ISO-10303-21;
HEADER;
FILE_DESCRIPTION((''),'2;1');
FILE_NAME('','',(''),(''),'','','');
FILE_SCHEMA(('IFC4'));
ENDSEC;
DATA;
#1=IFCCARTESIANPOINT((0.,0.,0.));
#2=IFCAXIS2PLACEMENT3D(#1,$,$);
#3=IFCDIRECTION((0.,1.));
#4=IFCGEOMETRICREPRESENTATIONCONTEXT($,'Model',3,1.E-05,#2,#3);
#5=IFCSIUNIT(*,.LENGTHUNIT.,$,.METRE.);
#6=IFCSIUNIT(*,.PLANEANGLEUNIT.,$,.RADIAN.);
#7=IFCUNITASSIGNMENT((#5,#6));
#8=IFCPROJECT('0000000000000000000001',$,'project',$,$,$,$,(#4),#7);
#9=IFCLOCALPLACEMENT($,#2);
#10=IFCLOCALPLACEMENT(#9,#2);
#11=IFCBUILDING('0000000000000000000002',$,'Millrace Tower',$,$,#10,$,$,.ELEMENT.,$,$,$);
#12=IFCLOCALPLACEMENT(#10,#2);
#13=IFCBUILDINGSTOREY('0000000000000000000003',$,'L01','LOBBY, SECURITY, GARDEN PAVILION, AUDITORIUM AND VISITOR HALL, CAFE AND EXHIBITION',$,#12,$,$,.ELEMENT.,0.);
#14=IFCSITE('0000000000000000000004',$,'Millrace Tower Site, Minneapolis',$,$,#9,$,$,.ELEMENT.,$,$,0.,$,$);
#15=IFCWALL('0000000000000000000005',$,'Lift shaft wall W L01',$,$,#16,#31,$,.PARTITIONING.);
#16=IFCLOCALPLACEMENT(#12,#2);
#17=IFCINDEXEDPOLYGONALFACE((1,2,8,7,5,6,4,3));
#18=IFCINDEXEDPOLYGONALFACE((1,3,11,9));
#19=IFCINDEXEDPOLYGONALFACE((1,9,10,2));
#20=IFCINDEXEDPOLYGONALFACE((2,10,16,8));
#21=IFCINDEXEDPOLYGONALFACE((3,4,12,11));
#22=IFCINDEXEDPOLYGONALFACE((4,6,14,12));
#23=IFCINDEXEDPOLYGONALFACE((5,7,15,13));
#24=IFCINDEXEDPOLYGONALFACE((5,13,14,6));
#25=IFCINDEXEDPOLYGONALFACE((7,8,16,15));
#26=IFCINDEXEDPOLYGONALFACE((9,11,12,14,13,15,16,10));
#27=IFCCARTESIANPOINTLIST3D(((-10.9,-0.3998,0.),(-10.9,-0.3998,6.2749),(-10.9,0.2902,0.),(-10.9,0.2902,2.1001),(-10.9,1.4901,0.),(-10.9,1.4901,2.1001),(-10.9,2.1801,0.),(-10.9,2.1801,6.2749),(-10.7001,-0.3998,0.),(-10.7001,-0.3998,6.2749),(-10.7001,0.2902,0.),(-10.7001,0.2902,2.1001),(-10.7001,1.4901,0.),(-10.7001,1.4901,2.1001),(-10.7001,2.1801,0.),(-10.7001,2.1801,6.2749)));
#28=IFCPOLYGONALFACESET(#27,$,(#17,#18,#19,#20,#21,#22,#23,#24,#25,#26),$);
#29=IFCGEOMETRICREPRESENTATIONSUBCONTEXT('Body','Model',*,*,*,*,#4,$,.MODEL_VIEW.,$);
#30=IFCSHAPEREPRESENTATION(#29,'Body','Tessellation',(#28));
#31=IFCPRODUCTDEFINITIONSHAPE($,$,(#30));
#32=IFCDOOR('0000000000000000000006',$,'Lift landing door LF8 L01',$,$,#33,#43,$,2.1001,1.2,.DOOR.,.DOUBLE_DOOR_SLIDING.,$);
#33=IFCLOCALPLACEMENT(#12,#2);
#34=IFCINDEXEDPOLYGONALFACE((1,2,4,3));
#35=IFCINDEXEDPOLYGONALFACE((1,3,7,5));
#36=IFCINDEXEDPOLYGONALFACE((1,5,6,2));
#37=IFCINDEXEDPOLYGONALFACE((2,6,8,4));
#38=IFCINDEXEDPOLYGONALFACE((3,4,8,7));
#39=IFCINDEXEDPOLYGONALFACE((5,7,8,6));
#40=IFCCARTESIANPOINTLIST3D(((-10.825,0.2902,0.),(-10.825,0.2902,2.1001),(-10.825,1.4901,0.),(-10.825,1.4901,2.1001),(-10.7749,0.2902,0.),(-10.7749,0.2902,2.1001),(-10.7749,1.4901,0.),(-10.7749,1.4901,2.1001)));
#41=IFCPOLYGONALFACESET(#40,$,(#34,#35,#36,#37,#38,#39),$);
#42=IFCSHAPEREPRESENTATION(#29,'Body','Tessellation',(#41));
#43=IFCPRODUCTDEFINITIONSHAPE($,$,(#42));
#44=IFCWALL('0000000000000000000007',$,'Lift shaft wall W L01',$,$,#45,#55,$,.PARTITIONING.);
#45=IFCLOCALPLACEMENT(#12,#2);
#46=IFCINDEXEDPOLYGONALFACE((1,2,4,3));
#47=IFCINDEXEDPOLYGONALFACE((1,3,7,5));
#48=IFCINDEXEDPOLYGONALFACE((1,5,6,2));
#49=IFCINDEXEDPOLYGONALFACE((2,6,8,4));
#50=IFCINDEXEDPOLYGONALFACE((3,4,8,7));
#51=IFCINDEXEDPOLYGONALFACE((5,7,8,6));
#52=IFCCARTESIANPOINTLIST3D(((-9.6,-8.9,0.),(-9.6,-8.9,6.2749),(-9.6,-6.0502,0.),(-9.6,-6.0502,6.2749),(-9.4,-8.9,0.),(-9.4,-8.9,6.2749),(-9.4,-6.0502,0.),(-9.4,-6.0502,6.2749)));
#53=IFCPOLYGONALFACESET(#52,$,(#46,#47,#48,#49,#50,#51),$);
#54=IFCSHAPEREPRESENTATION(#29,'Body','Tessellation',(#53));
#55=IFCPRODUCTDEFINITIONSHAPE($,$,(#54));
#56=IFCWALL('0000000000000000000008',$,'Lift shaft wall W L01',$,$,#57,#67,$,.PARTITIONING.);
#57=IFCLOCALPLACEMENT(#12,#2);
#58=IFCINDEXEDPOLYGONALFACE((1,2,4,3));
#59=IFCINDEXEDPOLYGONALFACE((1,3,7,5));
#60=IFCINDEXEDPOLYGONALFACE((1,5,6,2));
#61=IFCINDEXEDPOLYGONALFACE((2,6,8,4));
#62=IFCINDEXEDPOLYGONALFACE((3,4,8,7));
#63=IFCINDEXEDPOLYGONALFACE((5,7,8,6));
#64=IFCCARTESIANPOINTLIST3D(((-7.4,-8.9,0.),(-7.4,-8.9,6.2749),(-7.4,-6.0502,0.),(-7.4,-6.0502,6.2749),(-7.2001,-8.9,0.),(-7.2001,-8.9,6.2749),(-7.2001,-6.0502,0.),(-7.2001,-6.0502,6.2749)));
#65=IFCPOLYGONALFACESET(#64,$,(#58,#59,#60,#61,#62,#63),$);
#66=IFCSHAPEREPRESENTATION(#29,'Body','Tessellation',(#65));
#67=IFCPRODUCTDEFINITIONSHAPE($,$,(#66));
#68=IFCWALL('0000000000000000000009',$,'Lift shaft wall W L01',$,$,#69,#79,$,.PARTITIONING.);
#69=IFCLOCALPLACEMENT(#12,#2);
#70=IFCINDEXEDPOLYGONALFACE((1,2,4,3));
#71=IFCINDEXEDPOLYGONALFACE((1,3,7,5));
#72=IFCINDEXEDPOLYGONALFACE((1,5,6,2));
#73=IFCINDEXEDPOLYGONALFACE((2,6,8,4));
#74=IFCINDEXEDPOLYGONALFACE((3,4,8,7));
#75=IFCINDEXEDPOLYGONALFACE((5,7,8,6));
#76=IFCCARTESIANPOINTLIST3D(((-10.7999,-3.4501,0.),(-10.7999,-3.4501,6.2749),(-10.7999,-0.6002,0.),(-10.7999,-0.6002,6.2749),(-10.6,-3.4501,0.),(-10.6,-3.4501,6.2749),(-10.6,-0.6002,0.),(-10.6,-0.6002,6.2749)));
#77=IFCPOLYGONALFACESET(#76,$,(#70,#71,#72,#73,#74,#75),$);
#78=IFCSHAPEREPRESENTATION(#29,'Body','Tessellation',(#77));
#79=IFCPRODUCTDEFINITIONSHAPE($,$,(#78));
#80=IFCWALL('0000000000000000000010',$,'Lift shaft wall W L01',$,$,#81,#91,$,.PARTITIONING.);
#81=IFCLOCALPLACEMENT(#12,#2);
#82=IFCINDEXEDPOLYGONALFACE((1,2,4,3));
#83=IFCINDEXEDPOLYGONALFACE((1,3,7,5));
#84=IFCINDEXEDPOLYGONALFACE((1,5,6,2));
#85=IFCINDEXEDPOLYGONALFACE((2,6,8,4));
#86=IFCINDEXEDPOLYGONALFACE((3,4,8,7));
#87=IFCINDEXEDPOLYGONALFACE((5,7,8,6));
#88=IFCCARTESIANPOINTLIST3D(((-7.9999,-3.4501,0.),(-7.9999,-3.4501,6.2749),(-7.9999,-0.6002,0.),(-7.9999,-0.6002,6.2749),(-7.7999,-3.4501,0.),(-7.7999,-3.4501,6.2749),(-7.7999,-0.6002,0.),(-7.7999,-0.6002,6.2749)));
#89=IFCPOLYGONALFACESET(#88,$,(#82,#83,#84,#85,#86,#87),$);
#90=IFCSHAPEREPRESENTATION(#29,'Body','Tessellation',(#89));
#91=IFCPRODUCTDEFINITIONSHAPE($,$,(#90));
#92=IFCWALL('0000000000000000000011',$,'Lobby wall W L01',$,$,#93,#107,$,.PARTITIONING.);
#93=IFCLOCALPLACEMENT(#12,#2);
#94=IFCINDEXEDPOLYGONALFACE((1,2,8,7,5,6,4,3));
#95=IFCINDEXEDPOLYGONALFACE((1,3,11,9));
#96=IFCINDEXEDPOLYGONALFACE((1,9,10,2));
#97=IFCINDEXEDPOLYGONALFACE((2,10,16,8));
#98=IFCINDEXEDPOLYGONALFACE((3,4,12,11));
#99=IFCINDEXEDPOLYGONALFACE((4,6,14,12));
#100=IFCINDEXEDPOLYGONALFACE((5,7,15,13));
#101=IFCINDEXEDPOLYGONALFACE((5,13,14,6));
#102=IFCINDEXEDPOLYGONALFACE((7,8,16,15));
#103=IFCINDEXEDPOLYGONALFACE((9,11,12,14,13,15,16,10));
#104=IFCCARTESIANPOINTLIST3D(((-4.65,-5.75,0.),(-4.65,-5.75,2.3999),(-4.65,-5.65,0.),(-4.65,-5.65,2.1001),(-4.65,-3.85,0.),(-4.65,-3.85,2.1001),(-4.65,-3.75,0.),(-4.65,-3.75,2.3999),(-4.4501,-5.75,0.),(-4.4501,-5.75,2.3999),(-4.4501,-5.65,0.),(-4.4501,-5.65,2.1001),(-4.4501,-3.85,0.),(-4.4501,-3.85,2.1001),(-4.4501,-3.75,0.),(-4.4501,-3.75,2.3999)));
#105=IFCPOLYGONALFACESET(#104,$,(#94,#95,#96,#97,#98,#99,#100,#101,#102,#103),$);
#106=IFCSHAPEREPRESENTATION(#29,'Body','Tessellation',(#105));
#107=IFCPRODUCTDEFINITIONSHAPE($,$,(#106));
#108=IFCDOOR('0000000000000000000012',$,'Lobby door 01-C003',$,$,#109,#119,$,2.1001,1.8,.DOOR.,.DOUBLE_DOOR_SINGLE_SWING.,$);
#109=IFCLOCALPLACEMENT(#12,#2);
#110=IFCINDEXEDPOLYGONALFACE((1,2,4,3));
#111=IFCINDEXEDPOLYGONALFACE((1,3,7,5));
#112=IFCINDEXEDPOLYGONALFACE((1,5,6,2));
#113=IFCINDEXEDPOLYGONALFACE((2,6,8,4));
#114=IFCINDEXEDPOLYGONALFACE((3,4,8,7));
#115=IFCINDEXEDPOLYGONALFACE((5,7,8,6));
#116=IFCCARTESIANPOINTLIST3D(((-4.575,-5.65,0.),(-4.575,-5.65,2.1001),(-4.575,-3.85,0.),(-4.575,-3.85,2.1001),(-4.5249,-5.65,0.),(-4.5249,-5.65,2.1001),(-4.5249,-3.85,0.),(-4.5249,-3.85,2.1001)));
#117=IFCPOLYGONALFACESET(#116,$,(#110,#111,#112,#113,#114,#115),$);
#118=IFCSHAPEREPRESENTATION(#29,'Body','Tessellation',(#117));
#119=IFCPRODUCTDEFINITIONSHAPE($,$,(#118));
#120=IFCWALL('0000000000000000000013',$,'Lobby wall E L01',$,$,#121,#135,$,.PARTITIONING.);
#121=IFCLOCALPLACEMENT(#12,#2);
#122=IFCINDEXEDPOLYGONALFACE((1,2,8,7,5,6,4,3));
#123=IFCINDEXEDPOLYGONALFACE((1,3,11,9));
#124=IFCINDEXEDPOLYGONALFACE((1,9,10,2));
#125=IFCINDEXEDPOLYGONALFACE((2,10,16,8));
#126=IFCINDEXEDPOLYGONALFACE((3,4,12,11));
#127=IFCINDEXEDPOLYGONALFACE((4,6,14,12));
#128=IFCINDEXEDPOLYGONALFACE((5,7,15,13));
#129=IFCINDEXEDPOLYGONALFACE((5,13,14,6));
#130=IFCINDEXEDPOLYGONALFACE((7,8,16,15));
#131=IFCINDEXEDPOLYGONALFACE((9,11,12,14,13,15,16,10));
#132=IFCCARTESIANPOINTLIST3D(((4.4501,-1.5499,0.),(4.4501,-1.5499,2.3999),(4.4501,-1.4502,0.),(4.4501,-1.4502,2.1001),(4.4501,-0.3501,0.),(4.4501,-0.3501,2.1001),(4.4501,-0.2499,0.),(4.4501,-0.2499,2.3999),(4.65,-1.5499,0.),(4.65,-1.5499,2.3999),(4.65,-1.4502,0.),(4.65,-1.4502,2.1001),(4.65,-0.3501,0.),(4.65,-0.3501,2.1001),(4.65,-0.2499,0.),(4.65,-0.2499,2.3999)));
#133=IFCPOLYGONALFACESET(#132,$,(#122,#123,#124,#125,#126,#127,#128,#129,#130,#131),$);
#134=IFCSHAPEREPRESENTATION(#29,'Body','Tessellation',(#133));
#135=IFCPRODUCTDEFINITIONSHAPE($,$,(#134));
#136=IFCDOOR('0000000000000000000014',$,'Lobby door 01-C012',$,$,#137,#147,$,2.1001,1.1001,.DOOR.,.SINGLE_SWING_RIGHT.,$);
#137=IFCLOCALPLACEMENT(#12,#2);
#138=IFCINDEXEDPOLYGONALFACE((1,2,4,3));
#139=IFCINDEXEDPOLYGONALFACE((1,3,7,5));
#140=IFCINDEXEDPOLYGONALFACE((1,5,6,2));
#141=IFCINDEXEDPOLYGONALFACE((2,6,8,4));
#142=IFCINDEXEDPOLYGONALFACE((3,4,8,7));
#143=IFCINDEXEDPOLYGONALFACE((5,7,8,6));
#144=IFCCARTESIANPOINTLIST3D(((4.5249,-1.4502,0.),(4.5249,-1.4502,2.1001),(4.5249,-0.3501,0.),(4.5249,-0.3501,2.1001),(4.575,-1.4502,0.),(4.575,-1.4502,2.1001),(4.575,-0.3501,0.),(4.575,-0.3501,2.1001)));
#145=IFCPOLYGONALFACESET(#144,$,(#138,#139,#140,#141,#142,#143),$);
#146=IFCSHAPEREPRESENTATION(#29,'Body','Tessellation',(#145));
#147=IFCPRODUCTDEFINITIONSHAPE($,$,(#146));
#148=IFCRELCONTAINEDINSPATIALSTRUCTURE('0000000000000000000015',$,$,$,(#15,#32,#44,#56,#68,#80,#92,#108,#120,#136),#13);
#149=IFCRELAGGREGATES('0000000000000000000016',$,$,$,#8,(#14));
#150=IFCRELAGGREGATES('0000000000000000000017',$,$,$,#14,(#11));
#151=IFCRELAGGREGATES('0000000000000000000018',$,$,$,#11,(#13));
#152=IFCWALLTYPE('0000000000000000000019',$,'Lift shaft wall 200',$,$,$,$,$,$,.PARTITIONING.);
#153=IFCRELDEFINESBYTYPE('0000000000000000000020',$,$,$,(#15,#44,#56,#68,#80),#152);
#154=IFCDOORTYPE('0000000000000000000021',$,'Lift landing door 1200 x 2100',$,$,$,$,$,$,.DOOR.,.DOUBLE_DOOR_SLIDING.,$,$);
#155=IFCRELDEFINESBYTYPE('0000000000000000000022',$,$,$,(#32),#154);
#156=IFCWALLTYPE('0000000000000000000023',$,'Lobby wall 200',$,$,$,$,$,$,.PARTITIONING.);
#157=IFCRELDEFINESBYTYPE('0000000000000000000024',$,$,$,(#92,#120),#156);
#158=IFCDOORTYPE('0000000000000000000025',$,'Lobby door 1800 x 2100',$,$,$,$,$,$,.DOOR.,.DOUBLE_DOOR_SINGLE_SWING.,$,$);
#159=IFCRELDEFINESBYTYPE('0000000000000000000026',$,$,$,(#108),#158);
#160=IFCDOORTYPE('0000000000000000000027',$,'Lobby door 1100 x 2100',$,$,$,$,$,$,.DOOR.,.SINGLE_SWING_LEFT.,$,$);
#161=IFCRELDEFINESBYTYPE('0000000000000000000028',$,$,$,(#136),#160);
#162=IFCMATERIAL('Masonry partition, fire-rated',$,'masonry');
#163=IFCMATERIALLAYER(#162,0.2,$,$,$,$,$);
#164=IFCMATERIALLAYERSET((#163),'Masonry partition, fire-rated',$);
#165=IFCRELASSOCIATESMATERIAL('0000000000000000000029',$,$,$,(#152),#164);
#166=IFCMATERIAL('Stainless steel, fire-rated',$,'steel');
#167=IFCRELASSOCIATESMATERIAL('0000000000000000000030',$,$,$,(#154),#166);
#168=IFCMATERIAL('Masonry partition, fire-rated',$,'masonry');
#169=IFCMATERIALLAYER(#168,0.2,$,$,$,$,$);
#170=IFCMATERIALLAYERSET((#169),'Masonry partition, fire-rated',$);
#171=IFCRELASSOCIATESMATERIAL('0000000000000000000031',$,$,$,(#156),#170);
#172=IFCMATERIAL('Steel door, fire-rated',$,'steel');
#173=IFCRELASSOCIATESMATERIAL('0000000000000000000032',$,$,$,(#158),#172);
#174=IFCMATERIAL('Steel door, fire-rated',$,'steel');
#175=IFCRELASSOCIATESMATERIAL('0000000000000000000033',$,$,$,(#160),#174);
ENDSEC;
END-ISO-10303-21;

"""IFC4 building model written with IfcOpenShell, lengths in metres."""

from ifc_helpers import new_model, si_unit, direction, frame, frame_2d, origin, place, context, subcontext, project, spatial, rectangle, extrude, material, layer, layer_set, type_object, element, fill, save


model = new_model("IFC4")

# Units and contexts
model_context = context("Model", 3, precision=1e-05, world=origin(), true_north=direction((0.0, 1.0)))
body_context = subcontext(model_context, "Body", "Model", "MODEL_VIEW")
ifc_project = project(units=[si_unit("LENGTHUNIT", "METRE"), si_unit("PLANEANGLEUNIT", "RADIAN")], contexts=[model_context])

# Site, building, storey
site_placement = place(None, origin())
site = spatial("IfcSite", under=ifc_project, at=site_placement, Name="Millrace Tower Site, Minneapolis", CompositionType="ELEMENT", RefElevation=0.0)
building_placement = place(site_placement, origin())
building = spatial("IfcBuilding", under=site, at=building_placement, Name="Millrace Tower", CompositionType="ELEMENT")
storey_placement = place(building_placement, origin())
storey = spatial("IfcBuildingStorey", under=building, at=storey_placement, Name="L01", Description="LOBBY, SECURITY, GARDEN PAVILION, AUDITORIUM AND VISITOR HALL, CAFE AND EXHIBITION", CompositionType="ELEMENT", Elevation=0.0)

# Shared definitions
ifc_material_1 = material(Name="Masonry partition, fire-rated", Category="masonry")
ifc_layer_1 = layer(ifc_material_1, 0.2)
ifc_layer_set_1 = layer_set([ifc_layer_1], Name="Masonry partition, fire-rated")
wall_type_1 = type_object("IfcWallType", Name="Lift shaft wall 200", PredefinedType="PARTITIONING", material=ifc_layer_set_1)
ifc_material_2 = material(Name="Stainless steel, fire-rated", Category="steel")
door_type_1 = type_object("IfcDoorType", Name="Lift landing door 1200 x 2100", OperationType="DOUBLE_DOOR_SLIDING", PredefinedType="DOOR", material=ifc_material_2)

# Wall, opening, door
wall_1_placement = place(storey_placement, frame((-10.8, -0.3999, 0.0), z_axis=(0.0, 0.0, 1.0), x_axis=(0.0, 1.0, 0.0)))
wall_1 = element("IfcWall", 1, at=wall_1_placement, inside=storey, type_object=wall_type_1, Name="Lift shaft wall W L01", PredefinedType="PARTITIONING", context=body_context, shape_type="SweptSolid", body=[
    extrude(rectangle(XDim=2.5798, YDim=0.2, at=frame_2d((1.29, 0.0))), origin(), (0.0, 0.0, 1.0), 6.2749),
])
opening_1_placement = place(wall_1_placement, frame((0.6899, 0.0, 0.0)))
opening_1 = element("IfcOpeningElement", 2, at=opening_1_placement, cuts=wall_1, PredefinedType="OPENING", context=body_context, shape_type="SweptSolid", body=[
    extrude(rectangle(XDim=1.2, YDim=2.1001, at=frame_2d((0.6001, 1.05))), frame((0.0, 0.1099, 0.0), z_axis=(0.0, -1.0, 0.0), x_axis=(1.0, 0.0, 0.0)), (0.0, 0.0, 1.0), 0.22),
])
door_1_placement = place(opening_1_placement, origin())
door_1 = element("IfcDoor", 3, at=door_1_placement, inside=storey, type_object=door_type_1, Name="Lift landing door LF8 L01", OperationType="DOUBLE_DOOR_SLIDING", OverallHeight=2.1001, OverallWidth=1.2, PredefinedType="DOOR", context=body_context, shape_type="SweptSolid", body=[
    extrude(rectangle(XDim=1.2, YDim=2.1001, at=frame_2d((0.6001, 1.05))), frame((0.0, 0.0249, 0.0), z_axis=(0.0, -1.0, 0.0), x_axis=(1.0, 0.0, 0.0)), (0.0, 0.0, 1.0), 0.05),
])
fill(opening_1, door_1)

# Walls
for number, where, z_axis, x_axis, name in (
    (4, (-9.5, -8.8999, 0.0), (0.0, 0.0, 1.0), (0.0, 1.0, 0.0), "Lift shaft wall W L01"),
    (5, (-7.3, -8.8999, 0.0), (0.0, 0.0, 1.0), (0.0, 1.0, 0.0), "Lift shaft wall W L01"),
    (6, (-10.7, -3.45, 0.0), (0.0, 0.0, 1.0), (0.0, 1.0, 0.0), "Lift shaft wall W L01"),
    (7, (-7.8999, -3.45, 0.0), (0.0, 0.0, 1.0), (0.0, 1.0, 0.0), "Lift shaft wall W L01"),
):
    element("IfcWall", number, at=place(storey_placement, frame(where, z_axis=z_axis, x_axis=x_axis)), inside=storey, type_object=wall_type_1, Name=name, PredefinedType="PARTITIONING", context=body_context, shape_type="SweptSolid", body=[
        extrude(rectangle(XDim=2.8499, YDim=0.2, at=frame_2d((1.4248, 0.0))), origin(), (0.0, 0.0, 1.0), 6.2749),
    ])

# Walls, openings, doors
ifc_material_3 = material(Name="Masonry partition, fire-rated", Category="masonry")
ifc_layer_2 = layer(ifc_material_3, 0.2)
ifc_layer_set_2 = layer_set([ifc_layer_2], Name="Masonry partition, fire-rated")
wall_type_2 = type_object("IfcWallType", Name="Lobby wall 200", PredefinedType="PARTITIONING", material=ifc_layer_set_2)
wall_2_placement = place(storey_placement, frame((-4.55, -5.75, 0.0), z_axis=(0.0, 0.0, 1.0), x_axis=(0.0, 1.0, 0.0)))
wall_2 = element("IfcWall", 8, at=wall_2_placement, inside=storey, type_object=wall_type_2, Name="Lobby wall W L01", PredefinedType="PARTITIONING", context=body_context, shape_type="SweptSolid", body=[
    extrude(rectangle(XDim=2.0, YDim=0.2, at=frame_2d((1.0, 0.0))), origin(), (0.0, 0.0, 1.0), 2.3999),
])
opening_2_placement = place(wall_2_placement, frame((0.1001, 0.0, 0.0)))
opening_2 = element("IfcOpeningElement", 9, at=opening_2_placement, cuts=wall_2, PredefinedType="OPENING", context=body_context, shape_type="SweptSolid", body=[
    extrude(rectangle(XDim=1.8, YDim=2.1001, at=frame_2d((0.8999, 1.05))), frame((0.0, 0.1099, 0.0), z_axis=(0.0, -1.0, 0.0), x_axis=(1.0, 0.0, 0.0)), (0.0, 0.0, 1.0), 0.22),
])
ifc_material_4 = material(Name="Steel door, fire-rated", Category="steel")
door_type_2 = type_object("IfcDoorType", Name="Lobby door 1800 x 2100", OperationType="DOUBLE_DOOR_SINGLE_SWING", PredefinedType="DOOR", material=ifc_material_4)
door_2_placement = place(opening_2_placement, origin())
door_2 = element("IfcDoor", 10, at=door_2_placement, inside=storey, type_object=door_type_2, Name="Lobby door 01-C003", OperationType="DOUBLE_DOOR_SINGLE_SWING", OverallHeight=2.1001, OverallWidth=1.8, PredefinedType="DOOR", context=body_context, shape_type="SweptSolid", body=[
    extrude(rectangle(XDim=1.8, YDim=2.1001, at=frame_2d((0.8999, 1.05))), frame((0.0, 0.0249, 0.0), z_axis=(0.0, -1.0, 0.0), x_axis=(1.0, 0.0, 0.0)), (0.0, 0.0, 1.0), 0.05),
])
fill(opening_2, door_2)
wall_3_placement = place(storey_placement, frame((4.55, -0.25, 0.0), z_axis=(0.0, 0.0, 1.0), x_axis=(0.0, -1.0, 0.0)))
wall_3 = element("IfcWall", 11, at=wall_3_placement, inside=storey, type_object=wall_type_2, Name="Lobby wall E L01", PredefinedType="PARTITIONING", context=body_context, shape_type="SweptSolid", body=[
    extrude(rectangle(XDim=1.3, YDim=0.2, at=frame_2d((0.6499, 0.0))), origin(), (0.0, 0.0, 1.0), 2.3999),
])
opening_3_placement = place(wall_3_placement, frame((0.1001, 0.0, 0.0)))
opening_3 = element("IfcOpeningElement", 12, at=opening_3_placement, cuts=wall_3, PredefinedType="OPENING", context=body_context, shape_type="SweptSolid", body=[
    extrude(rectangle(XDim=1.1001, YDim=2.1001, at=frame_2d((0.55, 1.05))), frame((0.0, 0.1099, 0.0), z_axis=(0.0, -1.0, 0.0), x_axis=(1.0, 0.0, 0.0)), (0.0, 0.0, 1.0), 0.22),
])
ifc_material_5 = material(Name="Steel door, fire-rated", Category="steel")
door_type_3 = type_object("IfcDoorType", Name="Lobby door 1100 x 2100", OperationType="SINGLE_SWING_LEFT", PredefinedType="DOOR", material=ifc_material_5)
door_3_placement = place(opening_3_placement, origin())
door_3 = element("IfcDoor", 13, at=door_3_placement, inside=storey, type_object=door_type_3, Name="Lobby door 01-C012", OperationType="SINGLE_SWING_RIGHT", OverallHeight=2.1001, OverallWidth=1.1001, PredefinedType="DOOR", context=body_context, shape_type="SweptSolid", body=[
    extrude(rectangle(XDim=1.1001, YDim=2.1001, at=frame_2d((0.55, 1.05))), frame((0.0, 0.0249, 0.0), z_axis=(0.0, -1.0, 0.0), x_axis=(1.0, 0.0, 0.0)), (0.0, 0.0, 1.0), 0.05),
])
fill(opening_3, door_3)

save(model, "model.ifc")
